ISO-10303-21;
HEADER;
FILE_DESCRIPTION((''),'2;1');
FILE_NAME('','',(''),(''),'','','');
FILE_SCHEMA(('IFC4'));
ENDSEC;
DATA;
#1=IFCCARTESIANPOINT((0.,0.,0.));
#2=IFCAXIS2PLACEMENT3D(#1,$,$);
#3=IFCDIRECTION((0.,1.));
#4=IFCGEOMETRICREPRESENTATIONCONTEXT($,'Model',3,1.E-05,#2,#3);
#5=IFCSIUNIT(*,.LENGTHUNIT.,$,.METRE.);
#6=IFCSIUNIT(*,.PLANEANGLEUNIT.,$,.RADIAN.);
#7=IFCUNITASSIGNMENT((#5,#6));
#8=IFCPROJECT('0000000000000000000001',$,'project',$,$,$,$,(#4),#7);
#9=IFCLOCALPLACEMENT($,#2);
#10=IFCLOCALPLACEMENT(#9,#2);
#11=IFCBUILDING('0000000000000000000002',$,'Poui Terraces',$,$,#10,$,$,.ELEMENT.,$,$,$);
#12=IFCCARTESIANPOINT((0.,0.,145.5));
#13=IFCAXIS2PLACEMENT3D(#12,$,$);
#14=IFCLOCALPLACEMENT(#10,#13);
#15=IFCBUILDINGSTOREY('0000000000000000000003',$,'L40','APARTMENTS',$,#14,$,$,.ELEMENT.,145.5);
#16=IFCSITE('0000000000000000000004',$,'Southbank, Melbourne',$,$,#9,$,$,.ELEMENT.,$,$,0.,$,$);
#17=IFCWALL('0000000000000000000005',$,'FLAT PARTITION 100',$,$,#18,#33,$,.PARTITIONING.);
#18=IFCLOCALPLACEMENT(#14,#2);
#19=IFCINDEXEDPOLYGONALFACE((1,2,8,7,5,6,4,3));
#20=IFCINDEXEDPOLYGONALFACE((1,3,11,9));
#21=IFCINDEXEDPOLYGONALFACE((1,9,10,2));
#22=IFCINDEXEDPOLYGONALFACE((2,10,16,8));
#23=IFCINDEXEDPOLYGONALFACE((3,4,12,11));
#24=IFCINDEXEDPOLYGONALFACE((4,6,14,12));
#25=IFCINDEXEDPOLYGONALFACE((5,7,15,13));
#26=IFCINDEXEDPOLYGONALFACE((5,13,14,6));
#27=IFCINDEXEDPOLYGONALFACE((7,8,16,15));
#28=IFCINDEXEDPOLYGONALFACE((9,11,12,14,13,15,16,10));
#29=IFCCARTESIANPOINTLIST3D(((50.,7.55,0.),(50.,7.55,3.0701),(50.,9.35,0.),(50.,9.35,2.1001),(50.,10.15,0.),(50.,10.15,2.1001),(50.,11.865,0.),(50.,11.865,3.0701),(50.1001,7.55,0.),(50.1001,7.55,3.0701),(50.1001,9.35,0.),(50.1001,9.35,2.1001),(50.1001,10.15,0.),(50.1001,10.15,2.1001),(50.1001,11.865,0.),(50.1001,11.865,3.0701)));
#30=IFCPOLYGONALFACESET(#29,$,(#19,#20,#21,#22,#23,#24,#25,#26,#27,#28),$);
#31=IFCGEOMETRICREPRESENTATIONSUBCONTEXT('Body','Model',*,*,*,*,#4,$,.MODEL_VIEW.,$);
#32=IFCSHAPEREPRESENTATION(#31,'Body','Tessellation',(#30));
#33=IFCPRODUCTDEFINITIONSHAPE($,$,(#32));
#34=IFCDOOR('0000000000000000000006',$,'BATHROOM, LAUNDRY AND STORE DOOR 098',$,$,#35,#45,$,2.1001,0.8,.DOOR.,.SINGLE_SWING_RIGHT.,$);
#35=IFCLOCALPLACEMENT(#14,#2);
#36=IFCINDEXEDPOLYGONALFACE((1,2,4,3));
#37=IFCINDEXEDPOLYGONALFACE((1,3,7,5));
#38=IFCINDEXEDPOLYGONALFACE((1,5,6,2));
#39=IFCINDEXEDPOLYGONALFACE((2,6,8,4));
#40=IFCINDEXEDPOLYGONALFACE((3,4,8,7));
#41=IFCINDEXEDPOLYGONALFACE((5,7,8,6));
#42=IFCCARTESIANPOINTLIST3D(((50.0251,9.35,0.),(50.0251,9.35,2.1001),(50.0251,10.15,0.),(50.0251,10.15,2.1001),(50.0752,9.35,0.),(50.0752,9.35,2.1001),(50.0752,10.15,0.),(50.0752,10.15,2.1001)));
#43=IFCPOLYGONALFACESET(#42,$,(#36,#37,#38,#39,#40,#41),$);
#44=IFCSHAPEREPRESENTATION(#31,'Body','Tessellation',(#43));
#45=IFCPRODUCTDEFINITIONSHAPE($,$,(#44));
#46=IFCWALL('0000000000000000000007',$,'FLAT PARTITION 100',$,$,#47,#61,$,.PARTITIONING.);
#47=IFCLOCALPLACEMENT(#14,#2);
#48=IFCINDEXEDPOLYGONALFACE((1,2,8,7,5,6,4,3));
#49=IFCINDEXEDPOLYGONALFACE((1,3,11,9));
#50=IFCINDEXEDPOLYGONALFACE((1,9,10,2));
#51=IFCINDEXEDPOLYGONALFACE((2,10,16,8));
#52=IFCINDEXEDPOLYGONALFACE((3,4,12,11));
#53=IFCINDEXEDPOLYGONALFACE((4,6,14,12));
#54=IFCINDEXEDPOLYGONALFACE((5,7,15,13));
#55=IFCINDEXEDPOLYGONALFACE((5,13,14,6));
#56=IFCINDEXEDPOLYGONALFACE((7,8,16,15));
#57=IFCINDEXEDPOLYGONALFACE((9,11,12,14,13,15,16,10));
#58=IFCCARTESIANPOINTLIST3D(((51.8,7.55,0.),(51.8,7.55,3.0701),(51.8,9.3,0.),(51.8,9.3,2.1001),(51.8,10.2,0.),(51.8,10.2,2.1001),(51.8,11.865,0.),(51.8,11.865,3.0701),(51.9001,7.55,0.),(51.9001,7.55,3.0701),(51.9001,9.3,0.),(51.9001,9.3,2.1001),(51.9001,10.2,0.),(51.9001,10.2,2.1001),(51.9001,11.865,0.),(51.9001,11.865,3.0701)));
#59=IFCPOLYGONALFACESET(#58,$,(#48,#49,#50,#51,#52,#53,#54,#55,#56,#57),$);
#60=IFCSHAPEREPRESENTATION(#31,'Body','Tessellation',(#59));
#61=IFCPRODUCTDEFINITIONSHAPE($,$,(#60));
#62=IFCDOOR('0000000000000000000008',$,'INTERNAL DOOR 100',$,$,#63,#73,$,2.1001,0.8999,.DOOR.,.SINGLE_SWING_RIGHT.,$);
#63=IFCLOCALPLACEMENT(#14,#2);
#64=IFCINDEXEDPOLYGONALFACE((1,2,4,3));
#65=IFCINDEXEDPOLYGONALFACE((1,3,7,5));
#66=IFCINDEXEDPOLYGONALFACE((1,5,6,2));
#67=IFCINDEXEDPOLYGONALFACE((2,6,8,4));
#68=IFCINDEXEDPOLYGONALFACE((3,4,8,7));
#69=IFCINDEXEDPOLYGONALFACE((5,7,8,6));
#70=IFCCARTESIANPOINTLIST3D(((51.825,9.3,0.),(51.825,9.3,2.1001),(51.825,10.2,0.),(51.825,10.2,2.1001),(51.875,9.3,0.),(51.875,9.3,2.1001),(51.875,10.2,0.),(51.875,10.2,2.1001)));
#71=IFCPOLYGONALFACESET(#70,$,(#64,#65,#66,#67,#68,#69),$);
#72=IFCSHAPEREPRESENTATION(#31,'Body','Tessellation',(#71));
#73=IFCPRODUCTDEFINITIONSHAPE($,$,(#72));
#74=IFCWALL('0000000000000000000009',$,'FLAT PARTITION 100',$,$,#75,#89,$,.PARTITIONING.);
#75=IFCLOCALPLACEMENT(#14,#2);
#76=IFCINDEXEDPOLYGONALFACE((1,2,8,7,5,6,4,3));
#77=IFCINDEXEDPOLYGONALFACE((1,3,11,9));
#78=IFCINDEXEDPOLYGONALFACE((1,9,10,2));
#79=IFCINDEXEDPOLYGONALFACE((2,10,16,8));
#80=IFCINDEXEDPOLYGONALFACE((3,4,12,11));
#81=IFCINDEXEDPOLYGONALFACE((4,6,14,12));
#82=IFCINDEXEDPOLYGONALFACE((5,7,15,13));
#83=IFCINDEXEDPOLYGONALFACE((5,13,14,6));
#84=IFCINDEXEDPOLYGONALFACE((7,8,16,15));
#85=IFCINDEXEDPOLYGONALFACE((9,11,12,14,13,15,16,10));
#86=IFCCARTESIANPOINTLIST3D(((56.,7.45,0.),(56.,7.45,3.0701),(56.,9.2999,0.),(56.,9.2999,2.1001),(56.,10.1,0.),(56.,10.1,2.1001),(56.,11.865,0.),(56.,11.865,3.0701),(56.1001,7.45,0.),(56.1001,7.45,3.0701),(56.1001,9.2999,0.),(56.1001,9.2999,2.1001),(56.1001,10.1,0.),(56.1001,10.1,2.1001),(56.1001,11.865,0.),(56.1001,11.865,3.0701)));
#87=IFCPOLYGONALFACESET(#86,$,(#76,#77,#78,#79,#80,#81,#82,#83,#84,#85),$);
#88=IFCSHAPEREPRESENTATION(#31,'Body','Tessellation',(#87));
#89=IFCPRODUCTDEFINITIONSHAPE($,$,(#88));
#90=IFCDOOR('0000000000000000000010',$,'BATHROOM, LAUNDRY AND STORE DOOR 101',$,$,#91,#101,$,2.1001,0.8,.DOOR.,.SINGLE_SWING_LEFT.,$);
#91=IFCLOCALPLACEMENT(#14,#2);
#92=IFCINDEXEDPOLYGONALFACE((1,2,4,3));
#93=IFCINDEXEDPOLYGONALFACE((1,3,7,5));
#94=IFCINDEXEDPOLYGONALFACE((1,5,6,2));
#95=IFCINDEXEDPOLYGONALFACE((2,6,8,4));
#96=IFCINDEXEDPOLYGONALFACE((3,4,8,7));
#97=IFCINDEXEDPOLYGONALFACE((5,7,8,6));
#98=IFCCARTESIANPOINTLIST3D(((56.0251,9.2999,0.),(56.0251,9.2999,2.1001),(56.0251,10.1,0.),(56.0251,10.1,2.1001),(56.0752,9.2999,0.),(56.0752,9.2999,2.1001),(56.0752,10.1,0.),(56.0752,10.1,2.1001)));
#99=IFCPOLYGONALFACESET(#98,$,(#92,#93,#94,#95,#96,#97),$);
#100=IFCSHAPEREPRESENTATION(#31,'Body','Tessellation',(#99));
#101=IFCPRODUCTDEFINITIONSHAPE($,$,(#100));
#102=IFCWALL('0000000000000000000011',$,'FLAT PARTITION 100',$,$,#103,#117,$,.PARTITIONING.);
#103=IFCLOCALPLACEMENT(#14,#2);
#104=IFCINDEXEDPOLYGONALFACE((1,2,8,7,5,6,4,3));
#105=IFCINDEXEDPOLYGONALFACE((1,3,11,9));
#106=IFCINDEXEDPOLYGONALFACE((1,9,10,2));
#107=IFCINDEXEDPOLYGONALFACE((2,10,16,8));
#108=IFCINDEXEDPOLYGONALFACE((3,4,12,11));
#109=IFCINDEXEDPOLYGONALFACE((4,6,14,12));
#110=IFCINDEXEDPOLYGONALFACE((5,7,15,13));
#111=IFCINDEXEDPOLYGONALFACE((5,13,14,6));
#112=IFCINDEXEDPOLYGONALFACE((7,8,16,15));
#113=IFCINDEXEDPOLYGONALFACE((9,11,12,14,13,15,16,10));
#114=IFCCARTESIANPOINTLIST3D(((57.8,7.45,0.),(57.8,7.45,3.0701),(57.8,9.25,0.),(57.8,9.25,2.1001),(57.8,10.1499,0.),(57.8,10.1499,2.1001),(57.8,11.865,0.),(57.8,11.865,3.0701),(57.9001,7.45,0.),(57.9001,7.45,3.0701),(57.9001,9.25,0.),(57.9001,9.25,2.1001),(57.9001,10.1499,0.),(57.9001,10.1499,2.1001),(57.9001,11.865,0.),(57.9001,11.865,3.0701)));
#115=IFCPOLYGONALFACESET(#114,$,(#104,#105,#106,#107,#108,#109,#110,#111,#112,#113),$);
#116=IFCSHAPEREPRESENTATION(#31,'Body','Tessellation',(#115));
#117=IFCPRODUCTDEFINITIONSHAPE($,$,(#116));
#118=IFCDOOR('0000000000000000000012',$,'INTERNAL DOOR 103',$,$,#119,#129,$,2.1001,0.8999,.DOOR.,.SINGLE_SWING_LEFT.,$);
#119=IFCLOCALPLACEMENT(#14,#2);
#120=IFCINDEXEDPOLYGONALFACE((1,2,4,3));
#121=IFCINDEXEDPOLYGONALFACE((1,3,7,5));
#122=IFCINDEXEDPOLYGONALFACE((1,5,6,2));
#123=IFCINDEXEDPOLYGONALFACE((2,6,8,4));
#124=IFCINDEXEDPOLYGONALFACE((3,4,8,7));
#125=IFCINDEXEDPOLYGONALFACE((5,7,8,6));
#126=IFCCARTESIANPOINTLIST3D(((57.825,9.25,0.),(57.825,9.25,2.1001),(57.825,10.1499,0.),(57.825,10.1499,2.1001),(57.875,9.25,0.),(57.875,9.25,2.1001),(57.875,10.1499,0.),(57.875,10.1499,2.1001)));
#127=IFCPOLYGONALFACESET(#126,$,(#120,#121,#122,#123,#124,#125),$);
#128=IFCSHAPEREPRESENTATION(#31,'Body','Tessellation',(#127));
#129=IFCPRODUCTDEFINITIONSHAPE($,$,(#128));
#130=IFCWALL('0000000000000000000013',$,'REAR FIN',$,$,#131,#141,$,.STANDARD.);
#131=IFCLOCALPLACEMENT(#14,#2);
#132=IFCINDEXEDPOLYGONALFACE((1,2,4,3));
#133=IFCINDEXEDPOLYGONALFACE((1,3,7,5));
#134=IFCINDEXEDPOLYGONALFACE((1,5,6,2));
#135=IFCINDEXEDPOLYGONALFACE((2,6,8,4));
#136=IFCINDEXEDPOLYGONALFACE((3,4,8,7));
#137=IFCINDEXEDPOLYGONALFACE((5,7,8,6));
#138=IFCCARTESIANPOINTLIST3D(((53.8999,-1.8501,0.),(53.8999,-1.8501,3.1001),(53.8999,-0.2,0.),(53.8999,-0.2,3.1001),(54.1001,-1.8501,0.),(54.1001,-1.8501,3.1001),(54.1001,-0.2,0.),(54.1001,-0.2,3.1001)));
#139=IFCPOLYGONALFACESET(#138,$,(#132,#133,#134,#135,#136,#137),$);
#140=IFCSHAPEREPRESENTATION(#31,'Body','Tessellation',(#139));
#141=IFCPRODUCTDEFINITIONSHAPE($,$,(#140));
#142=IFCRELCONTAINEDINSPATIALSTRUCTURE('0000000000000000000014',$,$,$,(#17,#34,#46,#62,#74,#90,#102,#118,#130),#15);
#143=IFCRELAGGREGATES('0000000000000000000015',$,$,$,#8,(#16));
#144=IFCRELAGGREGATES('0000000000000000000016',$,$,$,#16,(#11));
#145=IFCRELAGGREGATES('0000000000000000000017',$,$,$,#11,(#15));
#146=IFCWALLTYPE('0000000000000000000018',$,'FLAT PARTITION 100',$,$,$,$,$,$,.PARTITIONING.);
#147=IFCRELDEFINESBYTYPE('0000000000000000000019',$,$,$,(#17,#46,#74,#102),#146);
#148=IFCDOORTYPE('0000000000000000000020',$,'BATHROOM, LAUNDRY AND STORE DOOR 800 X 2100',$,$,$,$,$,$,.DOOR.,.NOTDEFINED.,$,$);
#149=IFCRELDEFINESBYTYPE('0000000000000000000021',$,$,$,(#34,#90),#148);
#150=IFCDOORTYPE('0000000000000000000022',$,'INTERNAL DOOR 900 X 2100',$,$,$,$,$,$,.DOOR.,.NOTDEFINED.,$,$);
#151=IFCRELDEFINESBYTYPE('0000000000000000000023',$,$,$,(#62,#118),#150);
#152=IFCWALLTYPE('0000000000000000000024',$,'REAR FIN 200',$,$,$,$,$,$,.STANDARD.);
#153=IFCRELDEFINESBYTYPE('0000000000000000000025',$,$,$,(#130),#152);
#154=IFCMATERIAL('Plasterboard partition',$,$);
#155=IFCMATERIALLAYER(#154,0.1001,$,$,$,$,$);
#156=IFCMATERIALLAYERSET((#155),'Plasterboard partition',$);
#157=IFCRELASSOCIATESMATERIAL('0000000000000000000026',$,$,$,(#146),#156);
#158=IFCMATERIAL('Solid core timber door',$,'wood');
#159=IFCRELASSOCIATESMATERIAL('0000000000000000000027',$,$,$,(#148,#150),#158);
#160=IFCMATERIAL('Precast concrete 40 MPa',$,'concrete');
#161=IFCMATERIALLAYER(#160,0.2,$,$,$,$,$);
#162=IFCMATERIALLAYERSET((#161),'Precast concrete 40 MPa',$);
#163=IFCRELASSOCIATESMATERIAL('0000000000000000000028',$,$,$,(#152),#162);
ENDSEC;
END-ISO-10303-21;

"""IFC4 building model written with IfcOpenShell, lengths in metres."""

from ifc_helpers import new_model, si_unit, direction, frame, frame_2d, origin, place, context, subcontext, project, spatial, polyline, rectangle, outline, extrude, source, transform, mapped, material, layer, layer_set, type_object, element, fill, save


model = new_model("IFC4")

# Units and contexts
model_context = context("Model", 3, precision=1e-05, world=origin(), true_north=direction((0.0, 1.0)))
body_context = subcontext(model_context, "Body", "Model", "MODEL_VIEW")
ifc_project = project(units=[si_unit("LENGTHUNIT", "METRE"), si_unit("PLANEANGLEUNIT", "RADIAN")], contexts=[model_context])

# Site, building, storey
site_placement = place(None, origin())
site = spatial("IfcSite", under=ifc_project, at=site_placement, Name="Southbank, Melbourne", CompositionType="ELEMENT", RefElevation=0.0)
building_placement = place(site_placement, origin())
building = spatial("IfcBuilding", under=site, at=building_placement, Name="Poui Terraces", CompositionType="ELEMENT")
storey_placement = place(building_placement, frame((0.0, 0.0, 145.5)))
storey = spatial("IfcBuildingStorey", under=building, at=storey_placement, Name="L40", Description="APARTMENTS", CompositionType="ELEMENT", Elevation=145.5)

# Shared definitions
ifc_material_1 = material(Name="Precast concrete 40 MPa", Category="concrete")

# Shared definitions
ifc_material_2 = material(Name="Plasterboard partition")
ifc_layer_1 = layer(ifc_material_2, 0.1001)
ifc_layer_set_1 = layer_set([ifc_layer_1], Name="Plasterboard partition")
wall_type_1 = type_object("IfcWallType", Name="FLAT PARTITION 100", PredefinedType="PARTITIONING", material=ifc_layer_set_1)

# Walls, openings, doors
wall_1_placement = place(storey_placement, frame((50.05, 7.55, 0.0), z_axis=(0.0, 0.0, 1.0), x_axis=(0.0, 1.0, 0.0)))
wall_1 = element("IfcWall", 1, at=wall_1_placement, inside=storey, type_object=wall_type_1, Name="FLAT PARTITION 100", PredefinedType="PARTITIONING", context=body_context, shape_type="SweptSolid", body=[
    extrude(rectangle(XDim=4.3149, YDim=0.1001, at=frame_2d((2.1575, 0.0))), origin(), (0.0, 0.0, 1.0), 3.0701),
])
opening_1_placement = place(wall_1_placement, frame((1.8, 0.0, 0.0)))
opening_1 = element("IfcOpeningElement", 2, at=opening_1_placement, cuts=wall_1, PredefinedType="OPENING", context=body_context, shape_type="SweptSolid", body=[
    extrude(rectangle(XDim=0.8, YDim=2.1001, at=frame_2d((0.3999, 1.05))), frame((0.0, 0.0601, 0.0), z_axis=(0.0, -1.0, 0.0), x_axis=(1.0, 0.0, 0.0)), (0.0, 0.0, 1.0), 0.1201),
])
ifc_material_3 = material(Name="Solid core timber door", Category="wood")
door_type_1 = type_object("IfcDoorType", Name="BATHROOM, LAUNDRY AND STORE DOOR 800 X 2100", OperationType="NOTDEFINED", PredefinedType="DOOR", material=ifc_material_3)
door_1_placement = place(opening_1_placement, origin())
door_1 = element("IfcDoor", 3, at=door_1_placement, inside=storey, type_object=door_type_1, Name="BATHROOM, LAUNDRY AND STORE DOOR 098", OperationType="SINGLE_SWING_RIGHT", OverallHeight=2.1001, OverallWidth=0.8, PredefinedType="DOOR", context=body_context, shape_type="SweptSolid", body=[
    extrude(rectangle(XDim=0.8, YDim=2.1001, at=frame_2d((0.3999, 1.05))), frame((0.0, 0.0249, 0.0), z_axis=(0.0, -1.0, 0.0), x_axis=(1.0, 0.0, 0.0)), (0.0, 0.0, 1.0), 0.05),
])
fill(opening_1, door_1)
wall_2_placement = place(storey_placement, frame((51.8501, 7.55, 0.0), z_axis=(0.0, 0.0, 1.0), x_axis=(0.0, 1.0, 0.0)))
wall_2 = element("IfcWall", 4, at=wall_2_placement, inside=storey, type_object=wall_type_1, Name="FLAT PARTITION 100", PredefinedType="PARTITIONING", context=body_context, shape_type="SweptSolid", body=[
    extrude(rectangle(XDim=4.3149, YDim=0.1001, at=frame_2d((2.1575, 0.0))), origin(), (0.0, 0.0, 1.0), 3.0701),
])
opening_2_placement = place(wall_2_placement, frame((1.75, 0.0, 0.0)))
opening_2 = element("IfcOpeningElement", 5, at=opening_2_placement, cuts=wall_2, PredefinedType="OPENING", context=body_context, shape_type="SweptSolid", body=[
    extrude(rectangle(XDim=0.8999, YDim=2.1001, at=frame_2d((0.45, 1.05))), frame((0.0, 0.0601, 0.0), z_axis=(0.0, -1.0, 0.0), x_axis=(1.0, 0.0, 0.0)), (0.0, 0.0, 1.0), 0.1201),
])
door_type_2 = type_object("IfcDoorType", Name="INTERNAL DOOR 900 X 2100", OperationType="NOTDEFINED", PredefinedType="DOOR", material=ifc_material_3)
door_2_placement = place(opening_2_placement, frame((0.8999, 0.0, 0.0), z_axis=(0.0, 0.0, 1.0), x_axis=(-1.0, 0.0, 0.0)))
door_2 = element("IfcDoor", 6, at=door_2_placement, inside=storey, type_object=door_type_2, Name="INTERNAL DOOR 100", OperationType="SINGLE_SWING_RIGHT", OverallHeight=2.1001, OverallWidth=0.8999, PredefinedType="DOOR", context=body_context, shape_type="SweptSolid", body=[
    extrude(rectangle(XDim=0.8999, YDim=2.1001, at=frame_2d((0.45, 1.05))), frame((0.0, 0.0249, 0.0), z_axis=(0.0, -1.0, 0.0), x_axis=(1.0, 0.0, 0.0)), (0.0, 0.0, 1.0), 0.05),
])
fill(opening_2, door_2)
wall_3_placement = place(storey_placement, frame((56.05, 7.45, 0.0), z_axis=(0.0, 0.0, 1.0), x_axis=(0.0, 1.0, 0.0)))
wall_3 = element("IfcWall", 7, at=wall_3_placement, inside=storey, type_object=wall_type_1, Name="FLAT PARTITION 100", PredefinedType="PARTITIONING", context=body_context, shape_type="SweptSolid", body=[
    extrude(rectangle(XDim=4.415, YDim=0.1001, at=frame_2d((2.2075, 0.0))), origin(), (0.0, 0.0, 1.0), 3.0701),
])
opening_3_placement = place(wall_3_placement, frame((1.8501, 0.0, 0.0)))
opening_3 = element("IfcOpeningElement", 8, at=opening_3_placement, cuts=wall_3, PredefinedType="OPENING", context=body_context, shape_type="SweptSolid", body=[
    extrude(rectangle(XDim=0.8, YDim=2.1001, at=frame_2d((0.3999, 1.05))), frame((0.0, 0.0601, 0.0), z_axis=(0.0, -1.0, 0.0), x_axis=(1.0, 0.0, 0.0)), (0.0, 0.0, 1.0), 0.1201),
])
door_3_placement = place(opening_3_placement, origin())
door_3 = element("IfcDoor", 9, at=door_3_placement, inside=storey, type_object=door_type_1, Name="BATHROOM, LAUNDRY AND STORE DOOR 101", OperationType="SINGLE_SWING_LEFT", OverallHeight=2.1001, OverallWidth=0.8, PredefinedType="DOOR", context=body_context, shape_type="SweptSolid", body=[
    extrude(rectangle(XDim=0.8, YDim=2.1001, at=frame_2d((0.3999, 1.05))), frame((0.0, 0.0249, 0.0), z_axis=(0.0, -1.0, 0.0), x_axis=(1.0, 0.0, 0.0)), (0.0, 0.0, 1.0), 0.05),
])
fill(opening_3, door_3)
wall_4_placement = place(storey_placement, frame((57.8501, 7.45, 0.0), z_axis=(0.0, 0.0, 1.0), x_axis=(0.0, 1.0, 0.0)))
wall_4 = element("IfcWall", 10, at=wall_4_placement, inside=storey, type_object=wall_type_1, Name="FLAT PARTITION 100", PredefinedType="PARTITIONING", context=body_context, shape_type="SweptSolid", body=[
    extrude(rectangle(XDim=4.415, YDim=0.1001, at=frame_2d((2.2075, 0.0))), origin(), (0.0, 0.0, 1.0), 3.0701),
])
opening_4_placement = place(wall_4_placement, frame((1.8, 0.0, 0.0)))
opening_4 = element("IfcOpeningElement", 11, at=opening_4_placement, cuts=wall_4, PredefinedType="OPENING", context=body_context, shape_type="SweptSolid", body=[
    extrude(rectangle(XDim=0.8999, YDim=2.1001, at=frame_2d((0.45, 1.05))), frame((0.0, 0.0601, 0.0), z_axis=(0.0, -1.0, 0.0), x_axis=(1.0, 0.0, 0.0)), (0.0, 0.0, 1.0), 0.1201),
])
door_4_placement = place(opening_4_placement, frame((0.8999, 0.0, 0.0), z_axis=(0.0, 0.0, 1.0), x_axis=(-1.0, 0.0, 0.0)))
door_4 = element("IfcDoor", 12, at=door_4_placement, inside=storey, type_object=door_type_2, Name="INTERNAL DOOR 103", OperationType="SINGLE_SWING_LEFT", OverallHeight=2.1001, OverallWidth=0.8999, PredefinedType="DOOR", context=body_context, shape_type="SweptSolid", body=[
    extrude(rectangle(XDim=0.8999, YDim=2.1001, at=frame_2d((0.45, 1.05))), frame((0.0, 0.0249, 0.0), z_axis=(0.0, -1.0, 0.0), x_axis=(1.0, 0.0, 0.0)), (0.0, 0.0, 1.0), 0.05),
])
fill(opening_4, door_4)

# Wall
ifc_layer_2 = layer(ifc_material_1, 0.2)
ifc_layer_set_2 = layer_set([ifc_layer_2], Name="Precast concrete 40 MPa")
wall_type_2 = type_object("IfcWallType", Name="REAR FIN 200", PredefinedType="STANDARD", material=ifc_layer_set_2)
shared_shape_1 = source(origin(), body_context, "Body", "SweptSolid", [
    extrude(outline(polyline([(0.0, 0.0), (0.2002, 0.0), (0.2002, 1.6501), (0.0, 1.6501), (0.0, 0.0)])), origin(), (0.0, 0.0, 1.0), 3.1001),
])
wall_5_placement = place(storey_placement, frame((53.8999, -1.8501, 0.0)))
element("IfcWall", 13, at=wall_5_placement, inside=storey, type_object=wall_type_2, Name="REAR FIN", PredefinedType="STANDARD", context=body_context, shape_type="MappedRepresentation", body=[
    mapped(shared_shape_1, transform((0.0, 0.0, 0.0))),
])

save(model, "model.ifc")
